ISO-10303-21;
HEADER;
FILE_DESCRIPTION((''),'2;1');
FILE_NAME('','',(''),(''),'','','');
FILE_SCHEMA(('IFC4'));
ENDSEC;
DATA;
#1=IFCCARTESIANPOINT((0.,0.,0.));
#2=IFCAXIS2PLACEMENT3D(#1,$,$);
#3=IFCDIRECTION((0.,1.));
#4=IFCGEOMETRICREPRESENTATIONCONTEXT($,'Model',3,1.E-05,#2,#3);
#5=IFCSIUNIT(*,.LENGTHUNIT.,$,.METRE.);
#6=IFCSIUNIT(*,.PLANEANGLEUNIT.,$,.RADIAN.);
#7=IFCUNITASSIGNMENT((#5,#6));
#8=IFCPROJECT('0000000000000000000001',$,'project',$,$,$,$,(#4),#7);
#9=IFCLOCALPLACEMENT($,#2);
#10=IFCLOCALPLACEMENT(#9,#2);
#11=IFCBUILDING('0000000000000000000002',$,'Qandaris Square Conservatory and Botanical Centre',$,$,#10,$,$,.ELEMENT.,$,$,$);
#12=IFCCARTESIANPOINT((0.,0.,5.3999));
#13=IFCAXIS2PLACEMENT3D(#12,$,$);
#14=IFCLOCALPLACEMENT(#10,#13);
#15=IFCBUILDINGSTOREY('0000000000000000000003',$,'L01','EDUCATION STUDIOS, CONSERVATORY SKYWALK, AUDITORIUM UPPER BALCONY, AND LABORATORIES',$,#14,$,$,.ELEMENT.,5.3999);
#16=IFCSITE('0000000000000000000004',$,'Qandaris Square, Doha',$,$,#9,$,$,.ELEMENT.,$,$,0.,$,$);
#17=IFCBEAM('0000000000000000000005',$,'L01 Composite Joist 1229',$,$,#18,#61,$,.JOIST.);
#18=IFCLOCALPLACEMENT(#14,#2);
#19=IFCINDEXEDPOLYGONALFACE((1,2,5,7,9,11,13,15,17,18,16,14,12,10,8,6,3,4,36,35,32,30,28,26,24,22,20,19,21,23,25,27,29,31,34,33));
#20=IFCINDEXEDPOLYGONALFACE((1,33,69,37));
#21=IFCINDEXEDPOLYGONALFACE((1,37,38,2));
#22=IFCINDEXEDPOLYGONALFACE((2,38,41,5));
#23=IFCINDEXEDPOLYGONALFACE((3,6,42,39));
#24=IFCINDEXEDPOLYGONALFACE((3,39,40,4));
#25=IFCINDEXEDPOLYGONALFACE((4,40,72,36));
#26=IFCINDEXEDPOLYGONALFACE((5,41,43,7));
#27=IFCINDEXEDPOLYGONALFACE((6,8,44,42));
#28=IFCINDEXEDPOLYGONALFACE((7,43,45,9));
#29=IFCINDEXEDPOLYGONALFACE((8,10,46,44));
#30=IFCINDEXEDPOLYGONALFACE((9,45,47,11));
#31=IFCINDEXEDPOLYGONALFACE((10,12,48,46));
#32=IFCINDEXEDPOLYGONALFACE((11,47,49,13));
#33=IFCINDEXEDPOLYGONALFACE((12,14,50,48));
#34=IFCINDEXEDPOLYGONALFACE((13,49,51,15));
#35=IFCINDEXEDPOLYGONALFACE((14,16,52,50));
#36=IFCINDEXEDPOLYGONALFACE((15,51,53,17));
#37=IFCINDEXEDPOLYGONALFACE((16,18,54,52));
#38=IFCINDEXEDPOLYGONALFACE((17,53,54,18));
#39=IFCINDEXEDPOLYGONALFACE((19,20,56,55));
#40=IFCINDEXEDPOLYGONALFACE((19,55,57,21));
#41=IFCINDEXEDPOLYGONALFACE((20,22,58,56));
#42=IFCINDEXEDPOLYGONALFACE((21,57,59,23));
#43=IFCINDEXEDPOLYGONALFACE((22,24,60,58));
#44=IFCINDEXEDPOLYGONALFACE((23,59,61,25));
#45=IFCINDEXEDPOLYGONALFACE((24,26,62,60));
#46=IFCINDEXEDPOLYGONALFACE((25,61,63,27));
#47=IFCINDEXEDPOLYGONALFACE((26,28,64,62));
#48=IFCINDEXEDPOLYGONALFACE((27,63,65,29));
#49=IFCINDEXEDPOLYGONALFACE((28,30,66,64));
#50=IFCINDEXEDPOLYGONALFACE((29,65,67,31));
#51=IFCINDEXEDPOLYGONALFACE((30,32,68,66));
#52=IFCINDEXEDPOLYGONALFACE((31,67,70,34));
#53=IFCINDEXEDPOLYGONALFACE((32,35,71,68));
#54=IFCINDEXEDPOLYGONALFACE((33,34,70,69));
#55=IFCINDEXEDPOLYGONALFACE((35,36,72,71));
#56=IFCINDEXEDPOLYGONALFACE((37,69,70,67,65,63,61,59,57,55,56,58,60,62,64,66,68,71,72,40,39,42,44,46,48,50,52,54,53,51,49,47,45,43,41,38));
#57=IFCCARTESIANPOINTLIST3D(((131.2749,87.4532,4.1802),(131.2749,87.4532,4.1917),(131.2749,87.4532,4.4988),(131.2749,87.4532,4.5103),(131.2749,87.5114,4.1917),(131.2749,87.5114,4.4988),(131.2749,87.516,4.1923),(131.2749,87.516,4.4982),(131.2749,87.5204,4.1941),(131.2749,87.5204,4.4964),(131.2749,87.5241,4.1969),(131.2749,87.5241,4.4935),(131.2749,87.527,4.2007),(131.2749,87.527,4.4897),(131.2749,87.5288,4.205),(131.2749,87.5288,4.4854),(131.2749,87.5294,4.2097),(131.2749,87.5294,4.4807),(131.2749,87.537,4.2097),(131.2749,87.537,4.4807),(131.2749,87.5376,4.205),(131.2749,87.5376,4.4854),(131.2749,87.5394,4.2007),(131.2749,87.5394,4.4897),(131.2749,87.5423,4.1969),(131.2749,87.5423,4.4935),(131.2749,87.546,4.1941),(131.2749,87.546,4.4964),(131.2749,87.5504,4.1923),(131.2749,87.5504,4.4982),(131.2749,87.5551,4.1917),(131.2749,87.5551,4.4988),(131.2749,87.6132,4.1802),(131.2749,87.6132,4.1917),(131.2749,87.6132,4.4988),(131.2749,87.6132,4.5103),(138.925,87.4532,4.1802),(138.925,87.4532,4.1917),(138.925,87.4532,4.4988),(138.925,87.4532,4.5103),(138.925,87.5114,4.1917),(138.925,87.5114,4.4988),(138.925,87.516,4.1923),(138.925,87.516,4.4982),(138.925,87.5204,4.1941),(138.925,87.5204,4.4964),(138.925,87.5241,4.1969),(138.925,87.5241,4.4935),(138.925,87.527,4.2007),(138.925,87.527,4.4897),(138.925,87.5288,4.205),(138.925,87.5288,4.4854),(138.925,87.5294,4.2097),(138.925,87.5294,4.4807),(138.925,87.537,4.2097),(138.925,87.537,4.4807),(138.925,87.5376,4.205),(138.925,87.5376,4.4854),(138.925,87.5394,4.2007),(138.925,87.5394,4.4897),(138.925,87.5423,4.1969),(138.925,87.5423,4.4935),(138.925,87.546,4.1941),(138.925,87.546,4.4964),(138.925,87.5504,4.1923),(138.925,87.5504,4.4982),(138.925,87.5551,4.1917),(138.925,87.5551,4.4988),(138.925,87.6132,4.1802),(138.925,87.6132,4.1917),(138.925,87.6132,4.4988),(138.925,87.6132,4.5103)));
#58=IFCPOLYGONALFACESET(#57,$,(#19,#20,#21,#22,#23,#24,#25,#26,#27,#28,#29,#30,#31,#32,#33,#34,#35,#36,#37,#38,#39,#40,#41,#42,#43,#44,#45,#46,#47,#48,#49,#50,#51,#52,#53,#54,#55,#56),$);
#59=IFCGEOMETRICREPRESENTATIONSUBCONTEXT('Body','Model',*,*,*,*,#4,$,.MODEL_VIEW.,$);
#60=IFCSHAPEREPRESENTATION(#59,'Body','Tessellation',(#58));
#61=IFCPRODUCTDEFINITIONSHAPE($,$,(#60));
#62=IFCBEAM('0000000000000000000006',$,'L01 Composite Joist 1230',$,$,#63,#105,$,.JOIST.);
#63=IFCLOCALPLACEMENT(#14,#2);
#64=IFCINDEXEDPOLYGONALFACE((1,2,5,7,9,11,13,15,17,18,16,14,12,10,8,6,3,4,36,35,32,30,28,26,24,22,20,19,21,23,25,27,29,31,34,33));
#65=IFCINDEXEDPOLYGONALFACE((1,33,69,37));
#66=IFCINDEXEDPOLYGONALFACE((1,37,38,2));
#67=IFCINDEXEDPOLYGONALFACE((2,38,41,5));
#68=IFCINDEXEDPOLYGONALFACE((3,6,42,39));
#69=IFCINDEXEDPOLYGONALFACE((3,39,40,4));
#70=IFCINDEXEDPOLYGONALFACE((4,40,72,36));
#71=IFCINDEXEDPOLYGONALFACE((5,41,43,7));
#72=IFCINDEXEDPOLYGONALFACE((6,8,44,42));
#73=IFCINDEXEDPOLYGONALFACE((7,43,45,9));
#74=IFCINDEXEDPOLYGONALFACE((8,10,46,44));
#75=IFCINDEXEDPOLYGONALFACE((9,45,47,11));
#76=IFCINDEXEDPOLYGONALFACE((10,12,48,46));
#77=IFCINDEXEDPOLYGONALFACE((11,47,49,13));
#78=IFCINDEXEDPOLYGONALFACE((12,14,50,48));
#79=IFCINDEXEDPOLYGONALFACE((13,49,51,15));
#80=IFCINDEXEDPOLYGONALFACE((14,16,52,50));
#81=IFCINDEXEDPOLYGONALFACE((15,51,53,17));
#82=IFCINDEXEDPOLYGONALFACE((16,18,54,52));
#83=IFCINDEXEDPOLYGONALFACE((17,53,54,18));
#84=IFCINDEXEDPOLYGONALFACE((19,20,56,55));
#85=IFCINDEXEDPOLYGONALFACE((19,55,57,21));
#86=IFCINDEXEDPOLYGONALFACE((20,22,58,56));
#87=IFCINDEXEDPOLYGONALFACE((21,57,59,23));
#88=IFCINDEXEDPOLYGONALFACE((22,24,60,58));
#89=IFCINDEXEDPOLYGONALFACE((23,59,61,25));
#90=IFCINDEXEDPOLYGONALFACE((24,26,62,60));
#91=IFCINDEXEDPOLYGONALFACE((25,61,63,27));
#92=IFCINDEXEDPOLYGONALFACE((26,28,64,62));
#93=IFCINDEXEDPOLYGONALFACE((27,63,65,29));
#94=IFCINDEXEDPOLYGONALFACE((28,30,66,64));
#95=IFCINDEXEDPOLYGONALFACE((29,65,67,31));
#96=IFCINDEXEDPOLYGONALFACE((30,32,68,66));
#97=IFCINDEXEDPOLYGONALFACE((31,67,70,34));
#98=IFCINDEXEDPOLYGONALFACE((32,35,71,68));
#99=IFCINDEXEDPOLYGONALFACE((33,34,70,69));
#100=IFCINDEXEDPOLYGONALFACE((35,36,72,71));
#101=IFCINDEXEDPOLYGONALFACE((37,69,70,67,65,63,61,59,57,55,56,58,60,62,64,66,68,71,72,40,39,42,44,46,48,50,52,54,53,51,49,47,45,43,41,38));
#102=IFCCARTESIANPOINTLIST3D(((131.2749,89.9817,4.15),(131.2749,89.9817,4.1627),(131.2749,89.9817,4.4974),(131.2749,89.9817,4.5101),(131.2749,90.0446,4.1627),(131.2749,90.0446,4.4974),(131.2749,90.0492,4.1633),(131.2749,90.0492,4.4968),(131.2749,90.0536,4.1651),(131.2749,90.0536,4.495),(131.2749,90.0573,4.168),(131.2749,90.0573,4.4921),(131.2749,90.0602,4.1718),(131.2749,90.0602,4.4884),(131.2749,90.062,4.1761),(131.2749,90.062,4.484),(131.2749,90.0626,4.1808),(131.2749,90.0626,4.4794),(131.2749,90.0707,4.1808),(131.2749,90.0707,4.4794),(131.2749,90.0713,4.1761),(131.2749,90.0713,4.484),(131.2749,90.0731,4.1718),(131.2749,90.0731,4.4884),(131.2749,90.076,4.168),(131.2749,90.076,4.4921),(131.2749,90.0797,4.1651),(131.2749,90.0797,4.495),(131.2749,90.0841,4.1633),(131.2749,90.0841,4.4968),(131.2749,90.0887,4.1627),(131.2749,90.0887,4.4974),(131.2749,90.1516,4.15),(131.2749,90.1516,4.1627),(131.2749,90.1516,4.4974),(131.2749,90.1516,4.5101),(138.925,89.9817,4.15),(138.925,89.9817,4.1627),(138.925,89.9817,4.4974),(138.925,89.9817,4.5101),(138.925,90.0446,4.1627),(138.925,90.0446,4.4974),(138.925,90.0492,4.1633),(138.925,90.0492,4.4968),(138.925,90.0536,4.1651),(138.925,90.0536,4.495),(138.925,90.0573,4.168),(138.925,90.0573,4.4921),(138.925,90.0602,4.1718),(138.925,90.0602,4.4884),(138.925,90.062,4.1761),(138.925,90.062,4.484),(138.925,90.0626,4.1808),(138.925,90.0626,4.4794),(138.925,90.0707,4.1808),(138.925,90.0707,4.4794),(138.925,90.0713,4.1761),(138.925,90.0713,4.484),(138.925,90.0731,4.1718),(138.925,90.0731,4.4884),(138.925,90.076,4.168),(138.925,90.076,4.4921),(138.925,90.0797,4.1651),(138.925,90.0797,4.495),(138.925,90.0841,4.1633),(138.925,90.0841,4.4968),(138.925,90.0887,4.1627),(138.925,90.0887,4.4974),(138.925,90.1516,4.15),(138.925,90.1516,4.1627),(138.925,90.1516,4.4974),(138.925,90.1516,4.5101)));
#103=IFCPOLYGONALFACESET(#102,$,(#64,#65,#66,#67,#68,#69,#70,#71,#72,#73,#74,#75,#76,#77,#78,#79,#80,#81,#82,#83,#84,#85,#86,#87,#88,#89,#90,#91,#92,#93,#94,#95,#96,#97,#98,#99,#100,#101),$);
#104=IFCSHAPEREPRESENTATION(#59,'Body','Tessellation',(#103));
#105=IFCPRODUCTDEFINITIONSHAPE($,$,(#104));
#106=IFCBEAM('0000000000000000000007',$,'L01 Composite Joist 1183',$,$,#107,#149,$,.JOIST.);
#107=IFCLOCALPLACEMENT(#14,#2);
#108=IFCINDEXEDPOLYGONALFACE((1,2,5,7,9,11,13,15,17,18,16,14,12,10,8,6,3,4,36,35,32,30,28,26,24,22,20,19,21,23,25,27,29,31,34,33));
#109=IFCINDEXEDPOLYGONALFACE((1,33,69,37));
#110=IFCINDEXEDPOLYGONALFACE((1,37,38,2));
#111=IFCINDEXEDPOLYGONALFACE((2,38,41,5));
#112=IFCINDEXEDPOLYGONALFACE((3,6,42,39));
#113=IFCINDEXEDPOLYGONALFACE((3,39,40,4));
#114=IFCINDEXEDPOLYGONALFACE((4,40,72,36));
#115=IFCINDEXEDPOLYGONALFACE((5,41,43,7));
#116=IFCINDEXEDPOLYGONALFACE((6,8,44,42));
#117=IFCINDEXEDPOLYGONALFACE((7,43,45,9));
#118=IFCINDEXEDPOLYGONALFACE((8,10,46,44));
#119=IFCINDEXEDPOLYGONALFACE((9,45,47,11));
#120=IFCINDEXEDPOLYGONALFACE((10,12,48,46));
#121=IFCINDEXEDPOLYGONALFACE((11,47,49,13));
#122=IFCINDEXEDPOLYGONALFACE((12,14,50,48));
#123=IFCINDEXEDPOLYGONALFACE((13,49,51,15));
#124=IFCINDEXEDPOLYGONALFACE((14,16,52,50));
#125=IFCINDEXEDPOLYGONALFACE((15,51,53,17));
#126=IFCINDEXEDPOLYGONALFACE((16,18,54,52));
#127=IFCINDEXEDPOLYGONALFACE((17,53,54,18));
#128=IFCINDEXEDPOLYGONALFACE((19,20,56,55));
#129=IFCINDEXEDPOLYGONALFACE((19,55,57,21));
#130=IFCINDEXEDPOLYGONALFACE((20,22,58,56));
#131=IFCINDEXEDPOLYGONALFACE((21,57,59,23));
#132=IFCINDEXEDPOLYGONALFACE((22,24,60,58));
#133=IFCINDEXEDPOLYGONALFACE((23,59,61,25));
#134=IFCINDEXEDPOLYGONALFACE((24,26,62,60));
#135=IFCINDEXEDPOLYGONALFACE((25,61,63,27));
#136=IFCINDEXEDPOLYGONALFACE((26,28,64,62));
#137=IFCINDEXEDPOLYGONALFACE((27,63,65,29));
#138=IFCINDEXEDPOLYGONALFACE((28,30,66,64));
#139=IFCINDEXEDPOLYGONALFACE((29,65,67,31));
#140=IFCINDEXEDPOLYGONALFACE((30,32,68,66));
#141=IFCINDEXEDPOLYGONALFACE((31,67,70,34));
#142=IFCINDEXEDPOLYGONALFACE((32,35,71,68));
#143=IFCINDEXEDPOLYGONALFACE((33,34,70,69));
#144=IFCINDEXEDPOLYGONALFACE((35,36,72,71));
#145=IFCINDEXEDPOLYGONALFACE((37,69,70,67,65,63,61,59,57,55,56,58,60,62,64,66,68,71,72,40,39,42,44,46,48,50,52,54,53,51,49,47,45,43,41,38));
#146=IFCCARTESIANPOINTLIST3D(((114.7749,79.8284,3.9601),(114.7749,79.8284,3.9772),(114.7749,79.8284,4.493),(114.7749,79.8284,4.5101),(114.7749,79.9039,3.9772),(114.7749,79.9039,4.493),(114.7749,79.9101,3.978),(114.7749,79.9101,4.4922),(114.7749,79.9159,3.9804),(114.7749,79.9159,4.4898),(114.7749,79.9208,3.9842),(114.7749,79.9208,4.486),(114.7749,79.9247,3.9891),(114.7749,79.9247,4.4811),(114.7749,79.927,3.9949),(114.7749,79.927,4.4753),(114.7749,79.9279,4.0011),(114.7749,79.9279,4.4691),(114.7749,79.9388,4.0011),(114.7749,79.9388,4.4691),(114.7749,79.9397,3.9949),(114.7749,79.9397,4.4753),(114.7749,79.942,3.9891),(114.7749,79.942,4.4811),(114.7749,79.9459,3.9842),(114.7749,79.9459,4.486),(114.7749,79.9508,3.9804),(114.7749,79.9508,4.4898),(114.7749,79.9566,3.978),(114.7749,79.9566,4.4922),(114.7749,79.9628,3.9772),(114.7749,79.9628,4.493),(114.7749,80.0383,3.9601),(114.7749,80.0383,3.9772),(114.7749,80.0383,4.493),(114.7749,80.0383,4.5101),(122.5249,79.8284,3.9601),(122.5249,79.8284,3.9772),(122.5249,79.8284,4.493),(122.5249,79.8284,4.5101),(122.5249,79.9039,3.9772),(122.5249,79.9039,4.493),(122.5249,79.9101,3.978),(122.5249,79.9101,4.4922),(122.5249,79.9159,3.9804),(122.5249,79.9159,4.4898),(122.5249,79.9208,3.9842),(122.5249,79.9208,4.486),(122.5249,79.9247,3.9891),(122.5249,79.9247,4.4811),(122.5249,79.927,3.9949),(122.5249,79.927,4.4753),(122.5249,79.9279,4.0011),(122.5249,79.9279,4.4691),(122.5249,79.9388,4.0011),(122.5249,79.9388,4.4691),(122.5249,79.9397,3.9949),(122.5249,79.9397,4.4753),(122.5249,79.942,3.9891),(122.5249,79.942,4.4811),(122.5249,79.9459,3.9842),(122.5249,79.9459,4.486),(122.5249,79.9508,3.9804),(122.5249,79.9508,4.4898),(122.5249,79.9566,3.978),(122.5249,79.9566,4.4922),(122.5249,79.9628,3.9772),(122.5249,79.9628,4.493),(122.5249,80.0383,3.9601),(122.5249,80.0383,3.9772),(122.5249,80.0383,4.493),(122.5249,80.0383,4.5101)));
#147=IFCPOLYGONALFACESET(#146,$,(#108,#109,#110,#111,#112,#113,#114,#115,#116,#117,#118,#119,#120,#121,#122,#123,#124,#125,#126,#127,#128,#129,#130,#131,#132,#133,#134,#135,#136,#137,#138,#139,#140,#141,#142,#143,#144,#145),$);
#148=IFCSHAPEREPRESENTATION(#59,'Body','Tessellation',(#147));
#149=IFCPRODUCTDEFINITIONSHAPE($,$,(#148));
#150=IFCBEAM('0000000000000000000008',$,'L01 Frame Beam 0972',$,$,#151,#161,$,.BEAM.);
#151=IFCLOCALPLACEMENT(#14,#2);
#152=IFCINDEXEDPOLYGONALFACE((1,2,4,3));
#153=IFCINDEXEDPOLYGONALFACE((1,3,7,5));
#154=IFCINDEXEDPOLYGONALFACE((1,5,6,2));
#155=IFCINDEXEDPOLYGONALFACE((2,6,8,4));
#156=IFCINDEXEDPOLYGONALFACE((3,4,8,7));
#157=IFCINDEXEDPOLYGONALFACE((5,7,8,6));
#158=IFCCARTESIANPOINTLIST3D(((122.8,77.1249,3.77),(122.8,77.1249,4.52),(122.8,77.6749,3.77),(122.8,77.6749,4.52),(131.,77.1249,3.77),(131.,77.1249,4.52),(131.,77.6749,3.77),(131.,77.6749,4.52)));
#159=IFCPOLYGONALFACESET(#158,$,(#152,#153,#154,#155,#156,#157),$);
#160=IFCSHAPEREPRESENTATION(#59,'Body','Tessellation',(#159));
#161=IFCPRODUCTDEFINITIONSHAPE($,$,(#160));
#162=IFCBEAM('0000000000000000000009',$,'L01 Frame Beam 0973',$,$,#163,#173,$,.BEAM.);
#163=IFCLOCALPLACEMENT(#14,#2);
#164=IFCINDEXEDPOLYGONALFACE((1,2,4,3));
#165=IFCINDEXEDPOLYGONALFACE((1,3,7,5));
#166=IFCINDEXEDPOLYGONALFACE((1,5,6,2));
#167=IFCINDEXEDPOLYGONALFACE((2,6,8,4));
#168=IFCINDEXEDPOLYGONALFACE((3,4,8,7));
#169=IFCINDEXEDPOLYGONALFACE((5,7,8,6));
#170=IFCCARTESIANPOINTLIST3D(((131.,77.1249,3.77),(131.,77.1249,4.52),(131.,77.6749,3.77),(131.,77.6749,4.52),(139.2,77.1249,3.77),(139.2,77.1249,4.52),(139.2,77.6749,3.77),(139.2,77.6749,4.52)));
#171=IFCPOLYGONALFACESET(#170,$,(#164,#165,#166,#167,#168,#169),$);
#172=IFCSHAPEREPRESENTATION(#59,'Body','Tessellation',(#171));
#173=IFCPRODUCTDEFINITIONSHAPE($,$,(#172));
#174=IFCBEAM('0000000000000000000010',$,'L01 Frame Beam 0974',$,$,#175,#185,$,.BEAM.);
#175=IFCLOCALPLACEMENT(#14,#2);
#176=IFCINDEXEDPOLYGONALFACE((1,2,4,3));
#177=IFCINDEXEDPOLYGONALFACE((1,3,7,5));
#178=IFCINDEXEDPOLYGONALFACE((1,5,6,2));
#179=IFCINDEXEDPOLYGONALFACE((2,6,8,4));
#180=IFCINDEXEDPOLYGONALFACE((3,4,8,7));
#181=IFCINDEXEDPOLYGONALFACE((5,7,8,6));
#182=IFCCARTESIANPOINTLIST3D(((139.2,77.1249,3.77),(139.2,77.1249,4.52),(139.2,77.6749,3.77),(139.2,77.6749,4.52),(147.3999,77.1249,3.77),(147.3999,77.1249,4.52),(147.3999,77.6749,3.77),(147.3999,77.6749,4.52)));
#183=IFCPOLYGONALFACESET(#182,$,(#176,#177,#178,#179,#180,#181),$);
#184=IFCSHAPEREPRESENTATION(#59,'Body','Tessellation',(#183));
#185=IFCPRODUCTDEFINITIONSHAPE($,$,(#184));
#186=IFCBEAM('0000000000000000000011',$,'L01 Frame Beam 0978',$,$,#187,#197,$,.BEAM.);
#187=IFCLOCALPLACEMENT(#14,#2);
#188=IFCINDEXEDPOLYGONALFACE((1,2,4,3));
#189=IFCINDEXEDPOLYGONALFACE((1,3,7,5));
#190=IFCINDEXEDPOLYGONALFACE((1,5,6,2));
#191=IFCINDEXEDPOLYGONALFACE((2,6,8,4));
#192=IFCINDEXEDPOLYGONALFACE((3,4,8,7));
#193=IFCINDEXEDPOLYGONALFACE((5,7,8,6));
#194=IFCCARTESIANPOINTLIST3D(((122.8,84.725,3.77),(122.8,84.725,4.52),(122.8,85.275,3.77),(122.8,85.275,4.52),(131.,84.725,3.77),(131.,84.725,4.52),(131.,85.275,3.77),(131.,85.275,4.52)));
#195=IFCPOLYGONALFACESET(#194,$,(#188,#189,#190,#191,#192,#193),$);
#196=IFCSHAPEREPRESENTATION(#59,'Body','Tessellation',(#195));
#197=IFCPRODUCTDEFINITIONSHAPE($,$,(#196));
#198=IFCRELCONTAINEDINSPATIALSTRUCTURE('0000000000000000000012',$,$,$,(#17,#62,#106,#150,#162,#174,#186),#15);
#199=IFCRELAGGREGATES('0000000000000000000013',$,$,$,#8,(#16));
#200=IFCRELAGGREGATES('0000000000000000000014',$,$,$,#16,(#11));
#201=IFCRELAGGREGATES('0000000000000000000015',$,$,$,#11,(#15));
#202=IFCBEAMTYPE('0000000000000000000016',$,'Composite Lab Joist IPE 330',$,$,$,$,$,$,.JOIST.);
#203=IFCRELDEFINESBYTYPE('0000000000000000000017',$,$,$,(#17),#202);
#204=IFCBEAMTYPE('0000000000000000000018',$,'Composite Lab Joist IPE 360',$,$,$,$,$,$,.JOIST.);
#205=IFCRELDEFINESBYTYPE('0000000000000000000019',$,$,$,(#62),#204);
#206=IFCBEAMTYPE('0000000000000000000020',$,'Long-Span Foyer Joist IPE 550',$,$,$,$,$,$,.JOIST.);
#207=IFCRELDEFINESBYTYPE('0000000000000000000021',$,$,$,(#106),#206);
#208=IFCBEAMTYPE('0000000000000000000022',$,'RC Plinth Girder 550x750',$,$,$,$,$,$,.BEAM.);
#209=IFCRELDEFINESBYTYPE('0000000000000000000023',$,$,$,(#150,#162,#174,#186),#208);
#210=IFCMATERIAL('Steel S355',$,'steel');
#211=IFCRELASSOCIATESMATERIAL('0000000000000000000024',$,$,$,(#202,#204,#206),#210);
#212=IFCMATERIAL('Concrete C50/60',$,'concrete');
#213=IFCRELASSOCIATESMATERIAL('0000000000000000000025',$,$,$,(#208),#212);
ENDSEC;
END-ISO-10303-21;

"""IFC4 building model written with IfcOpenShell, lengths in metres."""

from ifc_helpers import new_model, si_unit, direction, frame, origin, origin_2d, place, context, subcontext, project, spatial, rectangle, i_section, extrude, material, material_profile, profile_set, type_object, element, save


model = new_model("IFC4")

# Units and contexts
model_context = context("Model", 3, precision=1e-05, world=origin(), true_north=direction((0.0, 1.0)))
body_context = subcontext(model_context, "Body", "Model", "MODEL_VIEW")
ifc_project = project(units=[si_unit("LENGTHUNIT", "METRE"), si_unit("PLANEANGLEUNIT", "RADIAN")], contexts=[model_context])

# Site, building, storey
site_placement = place(None, origin())
site = spatial("IfcSite", under=ifc_project, at=site_placement, Name="Qandaris Square, Doha", CompositionType="ELEMENT", RefElevation=0.0)
building_placement = place(site_placement, origin())
building = spatial("IfcBuilding", under=site, at=building_placement, Name="Qandaris Square Conservatory and Botanical Centre", CompositionType="ELEMENT")
storey_placement = place(building_placement, frame((0.0, 0.0, 5.3999)))
storey = spatial("IfcBuildingStorey", under=building, at=storey_placement, Name="L01", Description="EDUCATION STUDIOS, CONSERVATORY SKYWALK, AUDITORIUM UPPER BALCONY, AND LABORATORIES", CompositionType="ELEMENT", Elevation=5.3999)

# Shared definitions
ifc_material_1 = material(Name="Concrete C50/60", Category="concrete")

# Beams
ifc_material_2 = material(Name="Steel S355", Category="steel")
ifc_material_profile_1 = material_profile(ifc_material_2, i_section(OverallWidth=0.1599, OverallDepth=0.3301, WebThickness=0.0076, FlangeThickness=0.0115, FilletRadius=0.0181, at=origin_2d()), Name="IPE 330")
ifc_profile_set_1 = profile_set([ifc_material_profile_1], Name="Steel S355")
beam_type_1 = type_object("IfcBeamType", Name="Composite Lab Joist IPE 330", PredefinedType="JOIST", material=ifc_profile_set_1)
for number, where, z_axis, x_axis, name in (
    (1, (131.2749, 87.5332, 4.3452), (1.0, 0.0, 0.0), (0.0, 1.0, 0.0), "L01 Composite Joist 1229"),
):
    element("IfcBeam", number, at=place(storey_placement, frame(where, z_axis=z_axis, x_axis=x_axis)), inside=storey, type_object=beam_type_1, Name=name, PredefinedType="JOIST", context=body_context, shape_type="SweptSolid", body=[
        extrude(i_section(OverallWidth=0.1599, OverallDepth=0.3301, WebThickness=0.0076, FlangeThickness=0.0115, FilletRadius=0.0181, at=origin_2d()), origin(), (0.0, 0.0, 1.0), 7.6501),
    ])
ifc_material_profile_2 = material_profile(ifc_material_2, i_section(OverallWidth=0.1699, OverallDepth=0.3601, WebThickness=0.0081, FlangeThickness=0.0127, FilletRadius=0.0181, at=origin_2d()), Name="IPE 360")
ifc_profile_set_2 = profile_set([ifc_material_profile_2], Name="Steel S355")
beam_type_2 = type_object("IfcBeamType", Name="Composite Lab Joist IPE 360", PredefinedType="JOIST", material=ifc_profile_set_2)
beam_1_placement = place(storey_placement, frame((131.2749, 90.0667, 4.3301), z_axis=(1.0, 0.0, 0.0), x_axis=(0.0, 1.0, 0.0)))
element("IfcBeam", 2, at=beam_1_placement, inside=storey, type_object=beam_type_2, Name="L01 Composite Joist 1230", PredefinedType="JOIST", context=body_context, shape_type="SweptSolid", body=[
    extrude(i_section(OverallWidth=0.1699, OverallDepth=0.3601, WebThickness=0.0081, FlangeThickness=0.0127, FilletRadius=0.0181, at=origin_2d()), origin(), (0.0, 0.0, 1.0), 7.6501),
])
ifc_material_profile_3 = material_profile(ifc_material_2, i_section(OverallWidth=0.21, OverallDepth=0.55, WebThickness=0.011, FlangeThickness=0.0171, FilletRadius=0.0239, at=origin_2d()), Name="IPE 550")
ifc_profile_set_3 = profile_set([ifc_material_profile_3], Name="Steel S355")
beam_type_3 = type_object("IfcBeamType", Name="Long-Span Foyer Joist IPE 550", PredefinedType="JOIST", material=ifc_profile_set_3)
beam_2_placement = place(storey_placement, frame((114.7749, 79.9333, 4.2351), z_axis=(1.0, 0.0, 0.0), x_axis=(0.0, 1.0, 0.0)))
element("IfcBeam", 3, at=beam_2_placement, inside=storey, type_object=beam_type_3, Name="L01 Composite Joist 1183", PredefinedType="JOIST", context=body_context, shape_type="SweptSolid", body=[
    extrude(i_section(OverallWidth=0.21, OverallDepth=0.55, WebThickness=0.011, FlangeThickness=0.0171, FilletRadius=0.0239, at=origin_2d()), origin(), (0.0, 0.0, 1.0), 7.75),
])
ifc_material_profile_4 = material_profile(ifc_material_1, rectangle(XDim=0.55, YDim=0.75, at=origin_2d()), Name="RC-BM 550x750")
ifc_profile_set_4 = profile_set([ifc_material_profile_4], Name="Concrete C50/60")
beam_type_4 = type_object("IfcBeamType", Name="RC Plinth Girder 550x750", PredefinedType="BEAM", material=ifc_profile_set_4)
for number, where, z_axis, x_axis, name in (
    (4, (122.8, 77.3999, 4.145), (1.0, 0.0, 0.0), (0.0, 1.0, 0.0), "L01 Frame Beam 0972"),
    (5, (131.0, 77.3999, 4.145), (1.0, 0.0, 0.0), (0.0, 1.0, 0.0), "L01 Frame Beam 0973"),
    (6, (139.2, 77.3999, 4.145), (1.0, 0.0, 0.0), (0.0, 1.0, 0.0), "L01 Frame Beam 0974"),
    (7, (122.8, 85.0, 4.145), (1.0, 0.0, 0.0), (0.0, 1.0, 0.0), "L01 Frame Beam 0978"),
):
    element("IfcBeam", number, at=place(storey_placement, frame(where, z_axis=z_axis, x_axis=x_axis)), inside=storey, type_object=beam_type_4, Name=name, PredefinedType="BEAM", context=body_context, shape_type="SweptSolid", body=[
        extrude(rectangle(XDim=0.55, YDim=0.75, at=origin_2d()), origin(), (0.0, 0.0, 1.0), 8.2),
    ])

save(model, "model.ifc")
